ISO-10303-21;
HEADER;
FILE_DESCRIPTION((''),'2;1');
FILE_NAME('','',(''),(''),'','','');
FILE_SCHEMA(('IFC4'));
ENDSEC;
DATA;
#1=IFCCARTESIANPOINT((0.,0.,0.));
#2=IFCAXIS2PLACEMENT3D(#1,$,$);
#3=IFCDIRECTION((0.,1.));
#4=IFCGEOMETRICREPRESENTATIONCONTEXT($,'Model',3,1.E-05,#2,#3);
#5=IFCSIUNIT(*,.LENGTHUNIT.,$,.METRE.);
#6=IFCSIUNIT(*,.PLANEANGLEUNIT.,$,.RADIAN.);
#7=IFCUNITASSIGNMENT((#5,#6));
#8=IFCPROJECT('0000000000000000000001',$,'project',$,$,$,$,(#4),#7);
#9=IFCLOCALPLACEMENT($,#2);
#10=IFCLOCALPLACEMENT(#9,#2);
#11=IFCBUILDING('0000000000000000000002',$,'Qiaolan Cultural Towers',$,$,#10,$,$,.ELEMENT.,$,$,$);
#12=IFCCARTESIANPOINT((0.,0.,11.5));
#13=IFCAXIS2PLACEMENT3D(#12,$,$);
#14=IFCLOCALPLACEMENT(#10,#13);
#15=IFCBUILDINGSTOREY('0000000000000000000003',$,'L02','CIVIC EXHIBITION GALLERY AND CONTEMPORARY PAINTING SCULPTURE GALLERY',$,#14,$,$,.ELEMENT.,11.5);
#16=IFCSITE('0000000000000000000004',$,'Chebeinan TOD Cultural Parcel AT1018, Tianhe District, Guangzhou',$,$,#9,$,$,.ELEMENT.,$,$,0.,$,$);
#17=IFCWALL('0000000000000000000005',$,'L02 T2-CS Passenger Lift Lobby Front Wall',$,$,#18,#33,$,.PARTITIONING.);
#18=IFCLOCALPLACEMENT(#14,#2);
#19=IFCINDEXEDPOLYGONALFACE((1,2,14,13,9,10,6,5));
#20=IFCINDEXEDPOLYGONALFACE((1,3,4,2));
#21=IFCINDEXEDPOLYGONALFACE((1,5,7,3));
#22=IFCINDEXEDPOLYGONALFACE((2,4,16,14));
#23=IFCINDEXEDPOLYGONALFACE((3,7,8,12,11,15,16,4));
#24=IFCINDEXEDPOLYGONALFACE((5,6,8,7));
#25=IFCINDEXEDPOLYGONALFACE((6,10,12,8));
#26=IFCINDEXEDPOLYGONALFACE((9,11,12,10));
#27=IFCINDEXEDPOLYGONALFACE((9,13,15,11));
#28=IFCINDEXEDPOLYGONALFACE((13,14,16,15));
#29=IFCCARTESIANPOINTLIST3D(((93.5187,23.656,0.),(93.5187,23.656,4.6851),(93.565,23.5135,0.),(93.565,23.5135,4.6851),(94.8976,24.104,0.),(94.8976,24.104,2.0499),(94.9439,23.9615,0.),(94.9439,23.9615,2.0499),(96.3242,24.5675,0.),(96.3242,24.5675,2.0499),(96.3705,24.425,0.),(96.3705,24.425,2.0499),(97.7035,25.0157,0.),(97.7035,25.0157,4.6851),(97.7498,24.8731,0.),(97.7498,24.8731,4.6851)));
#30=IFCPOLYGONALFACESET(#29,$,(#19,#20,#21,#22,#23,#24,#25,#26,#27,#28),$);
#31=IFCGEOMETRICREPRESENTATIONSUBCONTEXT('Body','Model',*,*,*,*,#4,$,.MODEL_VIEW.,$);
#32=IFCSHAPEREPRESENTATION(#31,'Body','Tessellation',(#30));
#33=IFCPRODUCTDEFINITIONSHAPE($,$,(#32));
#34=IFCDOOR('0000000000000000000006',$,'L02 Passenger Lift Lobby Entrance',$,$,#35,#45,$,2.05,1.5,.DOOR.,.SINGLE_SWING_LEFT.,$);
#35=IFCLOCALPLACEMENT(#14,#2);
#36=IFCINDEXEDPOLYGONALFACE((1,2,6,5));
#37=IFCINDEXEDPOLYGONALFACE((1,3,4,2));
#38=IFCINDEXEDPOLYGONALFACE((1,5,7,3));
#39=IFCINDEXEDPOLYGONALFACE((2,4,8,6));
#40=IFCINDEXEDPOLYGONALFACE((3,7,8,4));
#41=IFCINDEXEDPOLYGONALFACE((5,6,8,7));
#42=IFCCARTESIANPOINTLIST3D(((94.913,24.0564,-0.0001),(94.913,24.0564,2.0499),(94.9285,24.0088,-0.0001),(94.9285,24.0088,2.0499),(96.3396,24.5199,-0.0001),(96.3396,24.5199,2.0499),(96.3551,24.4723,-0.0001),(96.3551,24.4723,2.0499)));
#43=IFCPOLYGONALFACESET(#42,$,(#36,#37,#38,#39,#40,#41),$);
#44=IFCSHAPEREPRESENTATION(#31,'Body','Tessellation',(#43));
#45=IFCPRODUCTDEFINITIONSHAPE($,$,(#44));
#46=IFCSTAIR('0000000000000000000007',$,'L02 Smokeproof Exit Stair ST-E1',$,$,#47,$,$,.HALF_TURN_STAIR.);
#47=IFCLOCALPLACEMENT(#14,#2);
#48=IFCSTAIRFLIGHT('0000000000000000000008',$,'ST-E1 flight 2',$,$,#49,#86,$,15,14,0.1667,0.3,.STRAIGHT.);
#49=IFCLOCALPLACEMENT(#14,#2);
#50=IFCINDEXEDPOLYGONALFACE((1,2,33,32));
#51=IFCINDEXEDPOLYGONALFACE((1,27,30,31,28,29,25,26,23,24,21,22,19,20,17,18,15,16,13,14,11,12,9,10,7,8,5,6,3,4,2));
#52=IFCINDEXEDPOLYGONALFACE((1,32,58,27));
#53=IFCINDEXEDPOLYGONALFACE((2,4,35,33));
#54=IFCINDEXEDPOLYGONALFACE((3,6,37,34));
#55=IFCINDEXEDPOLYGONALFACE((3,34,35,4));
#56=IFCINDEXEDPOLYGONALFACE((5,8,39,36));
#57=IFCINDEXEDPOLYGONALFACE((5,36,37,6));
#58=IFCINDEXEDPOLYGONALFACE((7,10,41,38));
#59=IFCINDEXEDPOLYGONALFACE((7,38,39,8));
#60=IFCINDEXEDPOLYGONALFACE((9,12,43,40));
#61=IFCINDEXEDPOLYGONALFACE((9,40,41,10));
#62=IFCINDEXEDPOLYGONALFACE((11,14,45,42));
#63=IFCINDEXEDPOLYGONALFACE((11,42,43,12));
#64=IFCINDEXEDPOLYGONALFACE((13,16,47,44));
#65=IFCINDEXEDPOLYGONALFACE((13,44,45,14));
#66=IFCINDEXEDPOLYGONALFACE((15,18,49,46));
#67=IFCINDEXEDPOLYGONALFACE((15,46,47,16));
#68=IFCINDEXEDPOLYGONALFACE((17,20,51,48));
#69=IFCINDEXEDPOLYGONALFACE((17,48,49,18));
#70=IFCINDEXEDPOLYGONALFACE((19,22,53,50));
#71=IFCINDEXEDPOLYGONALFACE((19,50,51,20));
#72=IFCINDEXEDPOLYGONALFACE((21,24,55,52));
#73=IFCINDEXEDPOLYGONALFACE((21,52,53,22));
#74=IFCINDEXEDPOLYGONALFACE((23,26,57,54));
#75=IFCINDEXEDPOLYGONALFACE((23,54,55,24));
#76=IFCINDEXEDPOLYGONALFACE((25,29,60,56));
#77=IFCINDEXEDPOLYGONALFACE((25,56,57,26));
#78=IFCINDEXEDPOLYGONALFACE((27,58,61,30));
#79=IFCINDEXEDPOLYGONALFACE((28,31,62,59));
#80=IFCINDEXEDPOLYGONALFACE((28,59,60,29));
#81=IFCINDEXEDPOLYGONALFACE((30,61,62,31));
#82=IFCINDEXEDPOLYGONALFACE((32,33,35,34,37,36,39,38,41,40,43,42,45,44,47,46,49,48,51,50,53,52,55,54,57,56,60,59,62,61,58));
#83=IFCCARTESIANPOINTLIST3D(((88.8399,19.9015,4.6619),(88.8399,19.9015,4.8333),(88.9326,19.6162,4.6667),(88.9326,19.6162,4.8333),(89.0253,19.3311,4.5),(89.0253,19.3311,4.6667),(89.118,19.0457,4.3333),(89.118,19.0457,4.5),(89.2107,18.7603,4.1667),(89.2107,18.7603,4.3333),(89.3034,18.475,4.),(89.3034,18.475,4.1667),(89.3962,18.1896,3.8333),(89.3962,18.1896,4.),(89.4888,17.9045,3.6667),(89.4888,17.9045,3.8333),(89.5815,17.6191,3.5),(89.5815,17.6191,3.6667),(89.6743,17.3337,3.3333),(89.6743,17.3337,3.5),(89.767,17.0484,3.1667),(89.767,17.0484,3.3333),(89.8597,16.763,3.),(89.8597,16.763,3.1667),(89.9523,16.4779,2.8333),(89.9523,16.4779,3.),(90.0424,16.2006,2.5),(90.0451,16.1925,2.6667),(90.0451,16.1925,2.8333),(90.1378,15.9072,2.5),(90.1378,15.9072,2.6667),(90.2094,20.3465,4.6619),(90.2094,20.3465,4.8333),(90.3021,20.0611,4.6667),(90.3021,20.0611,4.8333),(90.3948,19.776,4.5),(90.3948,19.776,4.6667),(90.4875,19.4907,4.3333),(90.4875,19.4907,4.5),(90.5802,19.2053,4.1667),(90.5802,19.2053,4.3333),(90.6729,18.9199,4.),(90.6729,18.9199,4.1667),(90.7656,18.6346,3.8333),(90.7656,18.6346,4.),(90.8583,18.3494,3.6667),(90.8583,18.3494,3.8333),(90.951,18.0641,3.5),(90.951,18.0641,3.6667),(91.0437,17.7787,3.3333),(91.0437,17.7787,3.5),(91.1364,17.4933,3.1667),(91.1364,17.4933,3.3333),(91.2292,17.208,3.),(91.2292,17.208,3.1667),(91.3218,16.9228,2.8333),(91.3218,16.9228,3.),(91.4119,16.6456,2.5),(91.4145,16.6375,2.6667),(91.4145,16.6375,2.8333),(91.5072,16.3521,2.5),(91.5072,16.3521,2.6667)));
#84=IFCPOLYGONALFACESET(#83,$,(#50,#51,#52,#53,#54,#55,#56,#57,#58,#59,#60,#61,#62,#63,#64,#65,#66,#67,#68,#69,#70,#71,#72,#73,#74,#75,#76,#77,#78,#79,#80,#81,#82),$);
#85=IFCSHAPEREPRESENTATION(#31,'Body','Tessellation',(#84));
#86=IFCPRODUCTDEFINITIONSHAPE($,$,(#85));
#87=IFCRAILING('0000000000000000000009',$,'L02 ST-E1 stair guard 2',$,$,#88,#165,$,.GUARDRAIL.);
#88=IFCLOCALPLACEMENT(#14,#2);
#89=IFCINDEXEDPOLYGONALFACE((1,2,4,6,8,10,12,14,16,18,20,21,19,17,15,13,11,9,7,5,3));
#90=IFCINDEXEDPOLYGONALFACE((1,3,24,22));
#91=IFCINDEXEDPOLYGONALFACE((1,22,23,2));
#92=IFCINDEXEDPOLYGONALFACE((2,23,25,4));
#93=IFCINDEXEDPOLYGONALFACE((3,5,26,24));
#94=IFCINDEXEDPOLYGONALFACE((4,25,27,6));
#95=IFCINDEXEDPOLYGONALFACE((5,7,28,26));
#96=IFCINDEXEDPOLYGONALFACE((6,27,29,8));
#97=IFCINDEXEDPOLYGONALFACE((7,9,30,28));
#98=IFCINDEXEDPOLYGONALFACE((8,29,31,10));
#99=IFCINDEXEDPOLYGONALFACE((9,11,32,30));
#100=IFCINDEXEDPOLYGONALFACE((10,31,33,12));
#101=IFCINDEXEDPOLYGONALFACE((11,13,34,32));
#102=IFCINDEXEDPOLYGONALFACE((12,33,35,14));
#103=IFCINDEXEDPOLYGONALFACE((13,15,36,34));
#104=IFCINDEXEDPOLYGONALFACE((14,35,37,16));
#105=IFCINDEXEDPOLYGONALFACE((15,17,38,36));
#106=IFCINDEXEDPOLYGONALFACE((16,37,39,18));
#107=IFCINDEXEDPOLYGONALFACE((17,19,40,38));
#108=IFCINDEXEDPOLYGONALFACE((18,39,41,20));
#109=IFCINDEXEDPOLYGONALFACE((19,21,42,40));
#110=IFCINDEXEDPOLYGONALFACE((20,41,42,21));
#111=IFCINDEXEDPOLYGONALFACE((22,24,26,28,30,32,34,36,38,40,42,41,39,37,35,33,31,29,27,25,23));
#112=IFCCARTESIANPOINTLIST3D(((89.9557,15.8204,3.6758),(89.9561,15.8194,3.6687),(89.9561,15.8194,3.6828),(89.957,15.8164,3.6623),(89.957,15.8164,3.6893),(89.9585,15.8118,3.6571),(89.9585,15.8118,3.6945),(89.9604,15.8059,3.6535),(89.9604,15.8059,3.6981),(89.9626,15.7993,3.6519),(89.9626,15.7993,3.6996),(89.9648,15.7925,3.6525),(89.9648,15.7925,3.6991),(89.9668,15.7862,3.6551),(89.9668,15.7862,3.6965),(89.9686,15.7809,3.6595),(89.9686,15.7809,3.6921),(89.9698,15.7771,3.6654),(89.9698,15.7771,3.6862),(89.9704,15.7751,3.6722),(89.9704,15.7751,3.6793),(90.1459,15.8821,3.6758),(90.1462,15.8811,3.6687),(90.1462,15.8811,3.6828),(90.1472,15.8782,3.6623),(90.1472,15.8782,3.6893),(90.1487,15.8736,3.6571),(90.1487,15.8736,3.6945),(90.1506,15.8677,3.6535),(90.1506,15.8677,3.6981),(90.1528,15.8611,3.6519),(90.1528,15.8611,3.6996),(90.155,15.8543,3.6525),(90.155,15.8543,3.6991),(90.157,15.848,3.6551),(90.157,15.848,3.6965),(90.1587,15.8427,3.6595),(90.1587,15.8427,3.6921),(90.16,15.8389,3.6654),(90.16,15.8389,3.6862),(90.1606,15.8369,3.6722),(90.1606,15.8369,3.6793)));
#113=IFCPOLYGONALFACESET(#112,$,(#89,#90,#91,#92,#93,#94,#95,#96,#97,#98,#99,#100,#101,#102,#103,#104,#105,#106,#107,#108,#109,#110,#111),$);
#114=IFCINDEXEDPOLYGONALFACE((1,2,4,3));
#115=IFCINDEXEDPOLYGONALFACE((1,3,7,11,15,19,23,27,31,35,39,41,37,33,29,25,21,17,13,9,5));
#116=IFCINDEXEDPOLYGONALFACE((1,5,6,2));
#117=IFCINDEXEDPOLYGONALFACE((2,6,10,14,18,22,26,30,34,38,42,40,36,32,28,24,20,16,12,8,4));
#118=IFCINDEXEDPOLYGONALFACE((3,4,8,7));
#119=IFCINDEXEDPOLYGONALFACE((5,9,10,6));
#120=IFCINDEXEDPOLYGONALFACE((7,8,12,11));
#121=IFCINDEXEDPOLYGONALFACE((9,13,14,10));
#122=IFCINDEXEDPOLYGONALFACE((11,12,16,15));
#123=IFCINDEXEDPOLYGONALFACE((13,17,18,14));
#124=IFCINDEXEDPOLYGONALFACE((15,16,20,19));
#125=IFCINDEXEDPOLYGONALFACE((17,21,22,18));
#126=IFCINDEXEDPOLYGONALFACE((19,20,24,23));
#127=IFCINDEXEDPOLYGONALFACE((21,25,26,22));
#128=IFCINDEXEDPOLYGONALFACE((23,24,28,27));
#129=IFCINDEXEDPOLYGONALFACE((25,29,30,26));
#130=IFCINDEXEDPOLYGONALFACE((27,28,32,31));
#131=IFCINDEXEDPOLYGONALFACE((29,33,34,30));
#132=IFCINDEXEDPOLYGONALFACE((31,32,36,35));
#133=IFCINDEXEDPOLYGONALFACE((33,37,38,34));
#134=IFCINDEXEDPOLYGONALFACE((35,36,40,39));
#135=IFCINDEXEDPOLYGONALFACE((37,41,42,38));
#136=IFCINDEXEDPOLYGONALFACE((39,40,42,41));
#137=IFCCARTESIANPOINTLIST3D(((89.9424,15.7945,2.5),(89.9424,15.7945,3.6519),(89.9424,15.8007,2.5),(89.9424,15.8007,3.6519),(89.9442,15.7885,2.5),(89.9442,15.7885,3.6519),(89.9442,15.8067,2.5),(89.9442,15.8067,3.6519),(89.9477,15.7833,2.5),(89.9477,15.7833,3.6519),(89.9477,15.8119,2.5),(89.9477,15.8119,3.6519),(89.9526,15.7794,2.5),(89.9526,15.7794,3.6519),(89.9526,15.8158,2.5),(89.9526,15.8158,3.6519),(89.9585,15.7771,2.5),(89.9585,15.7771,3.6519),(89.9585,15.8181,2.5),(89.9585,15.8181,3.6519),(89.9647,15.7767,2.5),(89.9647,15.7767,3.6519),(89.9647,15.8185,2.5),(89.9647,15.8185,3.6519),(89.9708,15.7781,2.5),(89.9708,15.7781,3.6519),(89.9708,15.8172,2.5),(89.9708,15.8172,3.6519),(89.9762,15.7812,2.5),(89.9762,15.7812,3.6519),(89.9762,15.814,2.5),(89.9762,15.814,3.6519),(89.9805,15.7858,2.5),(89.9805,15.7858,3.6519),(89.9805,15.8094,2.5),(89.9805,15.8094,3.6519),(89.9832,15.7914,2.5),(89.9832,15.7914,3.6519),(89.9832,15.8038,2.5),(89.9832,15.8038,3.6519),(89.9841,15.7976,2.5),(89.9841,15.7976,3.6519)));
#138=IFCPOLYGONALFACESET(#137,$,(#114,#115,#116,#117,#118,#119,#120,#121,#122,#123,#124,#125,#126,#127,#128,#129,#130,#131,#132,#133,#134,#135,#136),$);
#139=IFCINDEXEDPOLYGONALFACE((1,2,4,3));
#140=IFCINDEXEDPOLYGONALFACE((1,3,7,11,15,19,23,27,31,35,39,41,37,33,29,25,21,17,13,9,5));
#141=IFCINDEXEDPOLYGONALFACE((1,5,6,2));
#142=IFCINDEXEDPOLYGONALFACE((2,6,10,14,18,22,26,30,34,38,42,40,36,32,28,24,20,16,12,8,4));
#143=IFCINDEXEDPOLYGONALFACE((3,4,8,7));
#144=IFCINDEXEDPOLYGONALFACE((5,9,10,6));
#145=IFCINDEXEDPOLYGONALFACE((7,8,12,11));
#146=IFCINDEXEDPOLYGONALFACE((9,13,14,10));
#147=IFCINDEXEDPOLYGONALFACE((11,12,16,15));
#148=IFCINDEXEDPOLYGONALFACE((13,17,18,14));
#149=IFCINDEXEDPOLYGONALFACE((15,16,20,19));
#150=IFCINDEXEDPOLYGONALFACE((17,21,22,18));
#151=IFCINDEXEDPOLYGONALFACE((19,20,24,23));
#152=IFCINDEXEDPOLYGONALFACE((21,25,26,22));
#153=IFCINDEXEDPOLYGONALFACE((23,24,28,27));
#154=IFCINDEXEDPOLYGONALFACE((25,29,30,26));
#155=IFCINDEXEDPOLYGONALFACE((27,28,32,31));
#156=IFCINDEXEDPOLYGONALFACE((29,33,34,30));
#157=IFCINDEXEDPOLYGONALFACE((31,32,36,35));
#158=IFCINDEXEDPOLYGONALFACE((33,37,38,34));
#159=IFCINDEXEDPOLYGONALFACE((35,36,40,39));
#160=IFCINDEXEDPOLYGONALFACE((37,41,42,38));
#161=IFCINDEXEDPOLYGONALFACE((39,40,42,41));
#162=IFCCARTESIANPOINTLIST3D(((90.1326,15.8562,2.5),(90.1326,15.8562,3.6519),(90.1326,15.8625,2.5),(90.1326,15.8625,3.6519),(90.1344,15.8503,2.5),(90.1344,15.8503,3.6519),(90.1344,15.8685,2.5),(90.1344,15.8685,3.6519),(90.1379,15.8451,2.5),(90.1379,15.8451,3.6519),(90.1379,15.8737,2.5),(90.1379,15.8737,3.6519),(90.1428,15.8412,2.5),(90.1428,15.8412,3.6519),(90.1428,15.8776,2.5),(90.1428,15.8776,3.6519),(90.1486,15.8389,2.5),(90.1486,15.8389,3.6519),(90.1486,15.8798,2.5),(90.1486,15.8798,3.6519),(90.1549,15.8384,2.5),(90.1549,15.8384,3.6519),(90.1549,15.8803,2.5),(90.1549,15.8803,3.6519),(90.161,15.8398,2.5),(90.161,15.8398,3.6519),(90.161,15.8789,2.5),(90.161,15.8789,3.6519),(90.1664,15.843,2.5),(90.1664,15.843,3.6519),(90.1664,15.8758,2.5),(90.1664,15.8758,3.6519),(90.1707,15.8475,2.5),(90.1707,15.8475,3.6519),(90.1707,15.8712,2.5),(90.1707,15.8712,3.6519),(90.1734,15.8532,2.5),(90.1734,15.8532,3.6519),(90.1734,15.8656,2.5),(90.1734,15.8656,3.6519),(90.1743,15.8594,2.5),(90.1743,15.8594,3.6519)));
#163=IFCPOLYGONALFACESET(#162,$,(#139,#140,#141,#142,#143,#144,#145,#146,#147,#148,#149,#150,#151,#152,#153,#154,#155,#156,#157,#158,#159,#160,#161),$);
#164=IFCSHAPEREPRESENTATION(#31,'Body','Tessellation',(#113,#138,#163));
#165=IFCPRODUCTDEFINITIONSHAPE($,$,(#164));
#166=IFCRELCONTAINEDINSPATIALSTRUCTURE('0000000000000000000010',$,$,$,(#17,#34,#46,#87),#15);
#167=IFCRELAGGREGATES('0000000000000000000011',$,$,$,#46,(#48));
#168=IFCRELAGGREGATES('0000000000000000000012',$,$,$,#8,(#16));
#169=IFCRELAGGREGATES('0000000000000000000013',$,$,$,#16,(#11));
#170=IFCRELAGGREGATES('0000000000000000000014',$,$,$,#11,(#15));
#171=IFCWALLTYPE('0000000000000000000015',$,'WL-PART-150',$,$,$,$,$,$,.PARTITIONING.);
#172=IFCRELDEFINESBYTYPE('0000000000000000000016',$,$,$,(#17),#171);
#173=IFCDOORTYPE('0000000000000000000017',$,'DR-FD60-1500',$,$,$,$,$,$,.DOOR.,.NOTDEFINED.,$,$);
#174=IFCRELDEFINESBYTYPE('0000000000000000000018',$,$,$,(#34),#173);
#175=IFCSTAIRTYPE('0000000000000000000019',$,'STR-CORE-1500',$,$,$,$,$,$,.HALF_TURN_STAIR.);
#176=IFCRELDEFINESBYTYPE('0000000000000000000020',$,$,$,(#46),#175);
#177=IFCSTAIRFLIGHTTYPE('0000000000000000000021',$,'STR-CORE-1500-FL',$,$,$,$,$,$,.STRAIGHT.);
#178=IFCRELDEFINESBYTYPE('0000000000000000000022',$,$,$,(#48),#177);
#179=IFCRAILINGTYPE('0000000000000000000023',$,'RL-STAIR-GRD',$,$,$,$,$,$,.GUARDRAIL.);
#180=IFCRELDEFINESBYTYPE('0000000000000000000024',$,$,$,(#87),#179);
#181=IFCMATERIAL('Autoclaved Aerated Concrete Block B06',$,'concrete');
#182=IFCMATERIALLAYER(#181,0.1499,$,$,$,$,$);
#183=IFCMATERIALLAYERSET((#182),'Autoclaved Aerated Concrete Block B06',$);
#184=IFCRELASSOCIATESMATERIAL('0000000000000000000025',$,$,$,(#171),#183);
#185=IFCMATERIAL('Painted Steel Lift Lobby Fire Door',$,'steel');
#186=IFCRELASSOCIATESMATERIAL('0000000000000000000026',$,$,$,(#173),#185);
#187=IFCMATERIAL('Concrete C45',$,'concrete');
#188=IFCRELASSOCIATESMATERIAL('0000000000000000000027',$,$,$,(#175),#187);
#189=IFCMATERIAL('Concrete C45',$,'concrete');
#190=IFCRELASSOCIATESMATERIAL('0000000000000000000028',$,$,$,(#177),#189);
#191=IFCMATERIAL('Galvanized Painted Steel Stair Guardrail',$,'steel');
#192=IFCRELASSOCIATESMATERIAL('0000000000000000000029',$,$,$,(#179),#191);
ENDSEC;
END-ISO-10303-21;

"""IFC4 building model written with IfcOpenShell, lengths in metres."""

from ifc_helpers import new_model, si_unit, direction, frame, frame_2d, origin, origin_2d, place, context, subcontext, project, spatial, polyline, rectangle, circle, outline, extrude, material, layer, layer_set, type_object, element, fill, aggregate, save


model = new_model("IFC4")

# Units and contexts
model_context = context("Model", 3, precision=1e-05, world=origin(), true_north=direction((0.0, 1.0)))
body_context = subcontext(model_context, "Body", "Model", "MODEL_VIEW")
ifc_project = project(units=[si_unit("LENGTHUNIT", "METRE"), si_unit("PLANEANGLEUNIT", "RADIAN")], contexts=[model_context])

# Site, building, storey
site_placement = place(None, origin())
site = spatial("IfcSite", under=ifc_project, at=site_placement, Name="Chebeinan TOD Cultural Parcel AT1018, Tianhe District, Guangzhou", CompositionType="ELEMENT", RefElevation=0.0)
building_placement = place(site_placement, origin())
building = spatial("IfcBuilding", under=site, at=building_placement, Name="Qiaolan Cultural Towers", CompositionType="ELEMENT")
storey_placement = place(building_placement, frame((0.0, 0.0, 11.5)))
storey = spatial("IfcBuildingStorey", under=building, at=storey_placement, Name="L02", Description="CIVIC EXHIBITION GALLERY AND CONTEMPORARY PAINTING SCULPTURE GALLERY", CompositionType="ELEMENT", Elevation=11.5)

# Wall, opening, door
ifc_material_1 = material(Name="Autoclaved Aerated Concrete Block B06", Category="concrete")
ifc_layer_1 = layer(ifc_material_1, 0.1499)
ifc_layer_set_1 = layer_set([ifc_layer_1], Name="Autoclaved Aerated Concrete Block B06")
wall_type_1 = type_object("IfcWallType", Name="WL-PART-150", PredefinedType="PARTITIONING", material=ifc_layer_set_1)
wall_1_placement = place(storey_placement, frame((93.5417, 23.5847, 0.0), z_axis=(0.0, 0.0, 1.0), x_axis=(0.951064, 0.308994, 0.0)))
wall_1 = element("IfcWall", 1, at=wall_1_placement, inside=storey, type_object=wall_type_1, Name="L02 T2-CS Passenger Lift Lobby Front Wall", PredefinedType="PARTITIONING", context=body_context, shape_type="SweptSolid", body=[
    extrude(rectangle(XDim=4.4001, YDim=0.1499, at=frame_2d((2.2002, 0.0))), origin(), (0.0, 0.0, 1.0), 4.6851),
])
opening_1_placement = place(wall_1_placement, frame((1.45, 0.0, 0.0)))
opening_1 = element("IfcOpeningElement", 2, at=opening_1_placement, cuts=wall_1, PredefinedType="OPENING", context=body_context, shape_type="SweptSolid", body=[
    extrude(rectangle(XDim=1.5, YDim=2.05, at=frame_2d((0.75, 1.0249))), frame((0.0, 0.085, 0.0), z_axis=(0.0, -1.0, 0.0), x_axis=(1.0, 0.0, 0.0)), (0.0, 0.0, 1.0), 0.1699),
])
ifc_material_2 = material(Name="Painted Steel Lift Lobby Fire Door", Category="steel")
door_type_1 = type_object("IfcDoorType", Name="DR-FD60-1500", OperationType="NOTDEFINED", PredefinedType="DOOR", material=ifc_material_2)
door_1_placement = place(opening_1_placement, origin())
door_1 = element("IfcDoor", 3, at=door_1_placement, inside=storey, type_object=door_type_1, Name="L02 Passenger Lift Lobby Entrance", OperationType="SINGLE_SWING_LEFT", OverallHeight=2.05, OverallWidth=1.5, PredefinedType="DOOR", context=body_context, shape_type="SweptSolid", body=[
    extrude(rectangle(XDim=1.5, YDim=2.05, at=frame_2d((0.75, 1.0249))), frame((0.0, 0.0249, 0.0), z_axis=(0.0, -1.0, 0.0), x_axis=(1.0, 0.0, 0.0)), (0.0, 0.0, 1.0), 0.05),
])
fill(opening_1, door_1)

# Stair, stair flight
ifc_material_3 = material(Name="Concrete C45", Category="concrete")
stair_type = type_object("IfcStairType", Name="STR-CORE-1500", PredefinedType="HALF_TURN_STAIR", material=ifc_material_3)
stair_placement = place(storey_placement, origin())
stair = element("IfcStair", 4, at=stair_placement, inside=storey, type_object=stair_type, Name="L02 Smokeproof Exit Stair ST-E1", PredefinedType="HALF_TURN_STAIR")
ifc_material_4 = material(Name="Concrete C45", Category="concrete")
stair_flight_type = type_object("IfcStairFlightType", Name="STR-CORE-1500-FL", PredefinedType="STRAIGHT", material=ifc_material_4)
stair_flight_placement = place(storey_placement, frame((90.8225, 16.1296, 2.5), z_axis=(0.0, 0.0, 1.0), x_axis=(-0.309017, 0.951057, 0.0)))
stair_flight = element("IfcStairFlight", 5, at=stair_flight_placement, type_object=stair_flight_type, Name="ST-E1 flight 2", NumberOfRisers=15, NumberOfTreads=14, PredefinedType="STRAIGHT", RiserHeight=0.1667, TreadLength=0.3, context=body_context, shape_type="SweptSolid", body=[
    extrude(outline(polyline([(0.0, 0.0), (0.0, 0.1667), (0.3, 0.1667), (0.3, 0.3333), (0.6001, 0.3333), (0.6001, 0.5), (0.8999, 0.5), (0.8999, 0.6667), (1.2, 0.6667), (1.2, 0.8333), (1.5, 0.8333), (1.5, 1.0), (1.8, 1.0), (1.8, 1.1667), (2.1001, 1.1667), (2.1001, 1.3333), (2.3999, 1.3333), (2.3999, 1.5), (2.7, 1.5), (2.7, 1.6667), (3.0, 1.6667), (3.0, 1.8333), (3.3, 1.8333), (3.3, 2.0), (3.6001, 2.0), (3.6001, 2.1667), (3.8999, 2.1667), (3.8999, 2.3333), (4.2, 2.3333), (4.2, 2.5), (4.2, 2.1619), (0.3086, 0.0), (0.0, 0.0)])), frame((0.0, 0.72, 0.0), z_axis=(0.0, -1.0, 0.0), x_axis=(1.0, 0.0, 0.0)), (0.0, 0.0, 1.0), 1.4399),
])
aggregate(stair, [stair_flight])

# Railing
ifc_material_5 = material(Name="Galvanized Painted Steel Stair Guardrail", Category="steel")
railing_type_1 = type_object("IfcRailingType", Name="RL-STAIR-GRD", PredefinedType="GUARDRAIL", material=ifc_material_5)
railing_1_placement = place(storey_placement, frame((89.9631, 15.7976, 2.5)))
element("IfcRailing", 6, at=railing_1_placement, inside=storey, type_object=railing_type_1, Name="L02 ST-E1 stair guard 2", PredefinedType="GUARDRAIL", context=body_context, shape_type="SweptSolid", body=[
    extrude(circle(Radius=0.0239, at=origin_2d()), frame((0.0, 0.0, 1.1758), z_axis=(0.951097, 0.308893, 0.0), x_axis=(-0.308893, 0.951097, 0.0)), (0.0, 0.0, 1.0), 0.2),
    extrude(circle(Radius=0.021, at=origin_2d()), origin(), (0.0, 0.0, 1.0), 1.1519),
    extrude(circle(Radius=0.021, at=origin_2d()), frame((0.1902, 0.0618, 0.0)), (0.0, 0.0, 1.0), 1.1519),
])

save(model, "model.ifc")
